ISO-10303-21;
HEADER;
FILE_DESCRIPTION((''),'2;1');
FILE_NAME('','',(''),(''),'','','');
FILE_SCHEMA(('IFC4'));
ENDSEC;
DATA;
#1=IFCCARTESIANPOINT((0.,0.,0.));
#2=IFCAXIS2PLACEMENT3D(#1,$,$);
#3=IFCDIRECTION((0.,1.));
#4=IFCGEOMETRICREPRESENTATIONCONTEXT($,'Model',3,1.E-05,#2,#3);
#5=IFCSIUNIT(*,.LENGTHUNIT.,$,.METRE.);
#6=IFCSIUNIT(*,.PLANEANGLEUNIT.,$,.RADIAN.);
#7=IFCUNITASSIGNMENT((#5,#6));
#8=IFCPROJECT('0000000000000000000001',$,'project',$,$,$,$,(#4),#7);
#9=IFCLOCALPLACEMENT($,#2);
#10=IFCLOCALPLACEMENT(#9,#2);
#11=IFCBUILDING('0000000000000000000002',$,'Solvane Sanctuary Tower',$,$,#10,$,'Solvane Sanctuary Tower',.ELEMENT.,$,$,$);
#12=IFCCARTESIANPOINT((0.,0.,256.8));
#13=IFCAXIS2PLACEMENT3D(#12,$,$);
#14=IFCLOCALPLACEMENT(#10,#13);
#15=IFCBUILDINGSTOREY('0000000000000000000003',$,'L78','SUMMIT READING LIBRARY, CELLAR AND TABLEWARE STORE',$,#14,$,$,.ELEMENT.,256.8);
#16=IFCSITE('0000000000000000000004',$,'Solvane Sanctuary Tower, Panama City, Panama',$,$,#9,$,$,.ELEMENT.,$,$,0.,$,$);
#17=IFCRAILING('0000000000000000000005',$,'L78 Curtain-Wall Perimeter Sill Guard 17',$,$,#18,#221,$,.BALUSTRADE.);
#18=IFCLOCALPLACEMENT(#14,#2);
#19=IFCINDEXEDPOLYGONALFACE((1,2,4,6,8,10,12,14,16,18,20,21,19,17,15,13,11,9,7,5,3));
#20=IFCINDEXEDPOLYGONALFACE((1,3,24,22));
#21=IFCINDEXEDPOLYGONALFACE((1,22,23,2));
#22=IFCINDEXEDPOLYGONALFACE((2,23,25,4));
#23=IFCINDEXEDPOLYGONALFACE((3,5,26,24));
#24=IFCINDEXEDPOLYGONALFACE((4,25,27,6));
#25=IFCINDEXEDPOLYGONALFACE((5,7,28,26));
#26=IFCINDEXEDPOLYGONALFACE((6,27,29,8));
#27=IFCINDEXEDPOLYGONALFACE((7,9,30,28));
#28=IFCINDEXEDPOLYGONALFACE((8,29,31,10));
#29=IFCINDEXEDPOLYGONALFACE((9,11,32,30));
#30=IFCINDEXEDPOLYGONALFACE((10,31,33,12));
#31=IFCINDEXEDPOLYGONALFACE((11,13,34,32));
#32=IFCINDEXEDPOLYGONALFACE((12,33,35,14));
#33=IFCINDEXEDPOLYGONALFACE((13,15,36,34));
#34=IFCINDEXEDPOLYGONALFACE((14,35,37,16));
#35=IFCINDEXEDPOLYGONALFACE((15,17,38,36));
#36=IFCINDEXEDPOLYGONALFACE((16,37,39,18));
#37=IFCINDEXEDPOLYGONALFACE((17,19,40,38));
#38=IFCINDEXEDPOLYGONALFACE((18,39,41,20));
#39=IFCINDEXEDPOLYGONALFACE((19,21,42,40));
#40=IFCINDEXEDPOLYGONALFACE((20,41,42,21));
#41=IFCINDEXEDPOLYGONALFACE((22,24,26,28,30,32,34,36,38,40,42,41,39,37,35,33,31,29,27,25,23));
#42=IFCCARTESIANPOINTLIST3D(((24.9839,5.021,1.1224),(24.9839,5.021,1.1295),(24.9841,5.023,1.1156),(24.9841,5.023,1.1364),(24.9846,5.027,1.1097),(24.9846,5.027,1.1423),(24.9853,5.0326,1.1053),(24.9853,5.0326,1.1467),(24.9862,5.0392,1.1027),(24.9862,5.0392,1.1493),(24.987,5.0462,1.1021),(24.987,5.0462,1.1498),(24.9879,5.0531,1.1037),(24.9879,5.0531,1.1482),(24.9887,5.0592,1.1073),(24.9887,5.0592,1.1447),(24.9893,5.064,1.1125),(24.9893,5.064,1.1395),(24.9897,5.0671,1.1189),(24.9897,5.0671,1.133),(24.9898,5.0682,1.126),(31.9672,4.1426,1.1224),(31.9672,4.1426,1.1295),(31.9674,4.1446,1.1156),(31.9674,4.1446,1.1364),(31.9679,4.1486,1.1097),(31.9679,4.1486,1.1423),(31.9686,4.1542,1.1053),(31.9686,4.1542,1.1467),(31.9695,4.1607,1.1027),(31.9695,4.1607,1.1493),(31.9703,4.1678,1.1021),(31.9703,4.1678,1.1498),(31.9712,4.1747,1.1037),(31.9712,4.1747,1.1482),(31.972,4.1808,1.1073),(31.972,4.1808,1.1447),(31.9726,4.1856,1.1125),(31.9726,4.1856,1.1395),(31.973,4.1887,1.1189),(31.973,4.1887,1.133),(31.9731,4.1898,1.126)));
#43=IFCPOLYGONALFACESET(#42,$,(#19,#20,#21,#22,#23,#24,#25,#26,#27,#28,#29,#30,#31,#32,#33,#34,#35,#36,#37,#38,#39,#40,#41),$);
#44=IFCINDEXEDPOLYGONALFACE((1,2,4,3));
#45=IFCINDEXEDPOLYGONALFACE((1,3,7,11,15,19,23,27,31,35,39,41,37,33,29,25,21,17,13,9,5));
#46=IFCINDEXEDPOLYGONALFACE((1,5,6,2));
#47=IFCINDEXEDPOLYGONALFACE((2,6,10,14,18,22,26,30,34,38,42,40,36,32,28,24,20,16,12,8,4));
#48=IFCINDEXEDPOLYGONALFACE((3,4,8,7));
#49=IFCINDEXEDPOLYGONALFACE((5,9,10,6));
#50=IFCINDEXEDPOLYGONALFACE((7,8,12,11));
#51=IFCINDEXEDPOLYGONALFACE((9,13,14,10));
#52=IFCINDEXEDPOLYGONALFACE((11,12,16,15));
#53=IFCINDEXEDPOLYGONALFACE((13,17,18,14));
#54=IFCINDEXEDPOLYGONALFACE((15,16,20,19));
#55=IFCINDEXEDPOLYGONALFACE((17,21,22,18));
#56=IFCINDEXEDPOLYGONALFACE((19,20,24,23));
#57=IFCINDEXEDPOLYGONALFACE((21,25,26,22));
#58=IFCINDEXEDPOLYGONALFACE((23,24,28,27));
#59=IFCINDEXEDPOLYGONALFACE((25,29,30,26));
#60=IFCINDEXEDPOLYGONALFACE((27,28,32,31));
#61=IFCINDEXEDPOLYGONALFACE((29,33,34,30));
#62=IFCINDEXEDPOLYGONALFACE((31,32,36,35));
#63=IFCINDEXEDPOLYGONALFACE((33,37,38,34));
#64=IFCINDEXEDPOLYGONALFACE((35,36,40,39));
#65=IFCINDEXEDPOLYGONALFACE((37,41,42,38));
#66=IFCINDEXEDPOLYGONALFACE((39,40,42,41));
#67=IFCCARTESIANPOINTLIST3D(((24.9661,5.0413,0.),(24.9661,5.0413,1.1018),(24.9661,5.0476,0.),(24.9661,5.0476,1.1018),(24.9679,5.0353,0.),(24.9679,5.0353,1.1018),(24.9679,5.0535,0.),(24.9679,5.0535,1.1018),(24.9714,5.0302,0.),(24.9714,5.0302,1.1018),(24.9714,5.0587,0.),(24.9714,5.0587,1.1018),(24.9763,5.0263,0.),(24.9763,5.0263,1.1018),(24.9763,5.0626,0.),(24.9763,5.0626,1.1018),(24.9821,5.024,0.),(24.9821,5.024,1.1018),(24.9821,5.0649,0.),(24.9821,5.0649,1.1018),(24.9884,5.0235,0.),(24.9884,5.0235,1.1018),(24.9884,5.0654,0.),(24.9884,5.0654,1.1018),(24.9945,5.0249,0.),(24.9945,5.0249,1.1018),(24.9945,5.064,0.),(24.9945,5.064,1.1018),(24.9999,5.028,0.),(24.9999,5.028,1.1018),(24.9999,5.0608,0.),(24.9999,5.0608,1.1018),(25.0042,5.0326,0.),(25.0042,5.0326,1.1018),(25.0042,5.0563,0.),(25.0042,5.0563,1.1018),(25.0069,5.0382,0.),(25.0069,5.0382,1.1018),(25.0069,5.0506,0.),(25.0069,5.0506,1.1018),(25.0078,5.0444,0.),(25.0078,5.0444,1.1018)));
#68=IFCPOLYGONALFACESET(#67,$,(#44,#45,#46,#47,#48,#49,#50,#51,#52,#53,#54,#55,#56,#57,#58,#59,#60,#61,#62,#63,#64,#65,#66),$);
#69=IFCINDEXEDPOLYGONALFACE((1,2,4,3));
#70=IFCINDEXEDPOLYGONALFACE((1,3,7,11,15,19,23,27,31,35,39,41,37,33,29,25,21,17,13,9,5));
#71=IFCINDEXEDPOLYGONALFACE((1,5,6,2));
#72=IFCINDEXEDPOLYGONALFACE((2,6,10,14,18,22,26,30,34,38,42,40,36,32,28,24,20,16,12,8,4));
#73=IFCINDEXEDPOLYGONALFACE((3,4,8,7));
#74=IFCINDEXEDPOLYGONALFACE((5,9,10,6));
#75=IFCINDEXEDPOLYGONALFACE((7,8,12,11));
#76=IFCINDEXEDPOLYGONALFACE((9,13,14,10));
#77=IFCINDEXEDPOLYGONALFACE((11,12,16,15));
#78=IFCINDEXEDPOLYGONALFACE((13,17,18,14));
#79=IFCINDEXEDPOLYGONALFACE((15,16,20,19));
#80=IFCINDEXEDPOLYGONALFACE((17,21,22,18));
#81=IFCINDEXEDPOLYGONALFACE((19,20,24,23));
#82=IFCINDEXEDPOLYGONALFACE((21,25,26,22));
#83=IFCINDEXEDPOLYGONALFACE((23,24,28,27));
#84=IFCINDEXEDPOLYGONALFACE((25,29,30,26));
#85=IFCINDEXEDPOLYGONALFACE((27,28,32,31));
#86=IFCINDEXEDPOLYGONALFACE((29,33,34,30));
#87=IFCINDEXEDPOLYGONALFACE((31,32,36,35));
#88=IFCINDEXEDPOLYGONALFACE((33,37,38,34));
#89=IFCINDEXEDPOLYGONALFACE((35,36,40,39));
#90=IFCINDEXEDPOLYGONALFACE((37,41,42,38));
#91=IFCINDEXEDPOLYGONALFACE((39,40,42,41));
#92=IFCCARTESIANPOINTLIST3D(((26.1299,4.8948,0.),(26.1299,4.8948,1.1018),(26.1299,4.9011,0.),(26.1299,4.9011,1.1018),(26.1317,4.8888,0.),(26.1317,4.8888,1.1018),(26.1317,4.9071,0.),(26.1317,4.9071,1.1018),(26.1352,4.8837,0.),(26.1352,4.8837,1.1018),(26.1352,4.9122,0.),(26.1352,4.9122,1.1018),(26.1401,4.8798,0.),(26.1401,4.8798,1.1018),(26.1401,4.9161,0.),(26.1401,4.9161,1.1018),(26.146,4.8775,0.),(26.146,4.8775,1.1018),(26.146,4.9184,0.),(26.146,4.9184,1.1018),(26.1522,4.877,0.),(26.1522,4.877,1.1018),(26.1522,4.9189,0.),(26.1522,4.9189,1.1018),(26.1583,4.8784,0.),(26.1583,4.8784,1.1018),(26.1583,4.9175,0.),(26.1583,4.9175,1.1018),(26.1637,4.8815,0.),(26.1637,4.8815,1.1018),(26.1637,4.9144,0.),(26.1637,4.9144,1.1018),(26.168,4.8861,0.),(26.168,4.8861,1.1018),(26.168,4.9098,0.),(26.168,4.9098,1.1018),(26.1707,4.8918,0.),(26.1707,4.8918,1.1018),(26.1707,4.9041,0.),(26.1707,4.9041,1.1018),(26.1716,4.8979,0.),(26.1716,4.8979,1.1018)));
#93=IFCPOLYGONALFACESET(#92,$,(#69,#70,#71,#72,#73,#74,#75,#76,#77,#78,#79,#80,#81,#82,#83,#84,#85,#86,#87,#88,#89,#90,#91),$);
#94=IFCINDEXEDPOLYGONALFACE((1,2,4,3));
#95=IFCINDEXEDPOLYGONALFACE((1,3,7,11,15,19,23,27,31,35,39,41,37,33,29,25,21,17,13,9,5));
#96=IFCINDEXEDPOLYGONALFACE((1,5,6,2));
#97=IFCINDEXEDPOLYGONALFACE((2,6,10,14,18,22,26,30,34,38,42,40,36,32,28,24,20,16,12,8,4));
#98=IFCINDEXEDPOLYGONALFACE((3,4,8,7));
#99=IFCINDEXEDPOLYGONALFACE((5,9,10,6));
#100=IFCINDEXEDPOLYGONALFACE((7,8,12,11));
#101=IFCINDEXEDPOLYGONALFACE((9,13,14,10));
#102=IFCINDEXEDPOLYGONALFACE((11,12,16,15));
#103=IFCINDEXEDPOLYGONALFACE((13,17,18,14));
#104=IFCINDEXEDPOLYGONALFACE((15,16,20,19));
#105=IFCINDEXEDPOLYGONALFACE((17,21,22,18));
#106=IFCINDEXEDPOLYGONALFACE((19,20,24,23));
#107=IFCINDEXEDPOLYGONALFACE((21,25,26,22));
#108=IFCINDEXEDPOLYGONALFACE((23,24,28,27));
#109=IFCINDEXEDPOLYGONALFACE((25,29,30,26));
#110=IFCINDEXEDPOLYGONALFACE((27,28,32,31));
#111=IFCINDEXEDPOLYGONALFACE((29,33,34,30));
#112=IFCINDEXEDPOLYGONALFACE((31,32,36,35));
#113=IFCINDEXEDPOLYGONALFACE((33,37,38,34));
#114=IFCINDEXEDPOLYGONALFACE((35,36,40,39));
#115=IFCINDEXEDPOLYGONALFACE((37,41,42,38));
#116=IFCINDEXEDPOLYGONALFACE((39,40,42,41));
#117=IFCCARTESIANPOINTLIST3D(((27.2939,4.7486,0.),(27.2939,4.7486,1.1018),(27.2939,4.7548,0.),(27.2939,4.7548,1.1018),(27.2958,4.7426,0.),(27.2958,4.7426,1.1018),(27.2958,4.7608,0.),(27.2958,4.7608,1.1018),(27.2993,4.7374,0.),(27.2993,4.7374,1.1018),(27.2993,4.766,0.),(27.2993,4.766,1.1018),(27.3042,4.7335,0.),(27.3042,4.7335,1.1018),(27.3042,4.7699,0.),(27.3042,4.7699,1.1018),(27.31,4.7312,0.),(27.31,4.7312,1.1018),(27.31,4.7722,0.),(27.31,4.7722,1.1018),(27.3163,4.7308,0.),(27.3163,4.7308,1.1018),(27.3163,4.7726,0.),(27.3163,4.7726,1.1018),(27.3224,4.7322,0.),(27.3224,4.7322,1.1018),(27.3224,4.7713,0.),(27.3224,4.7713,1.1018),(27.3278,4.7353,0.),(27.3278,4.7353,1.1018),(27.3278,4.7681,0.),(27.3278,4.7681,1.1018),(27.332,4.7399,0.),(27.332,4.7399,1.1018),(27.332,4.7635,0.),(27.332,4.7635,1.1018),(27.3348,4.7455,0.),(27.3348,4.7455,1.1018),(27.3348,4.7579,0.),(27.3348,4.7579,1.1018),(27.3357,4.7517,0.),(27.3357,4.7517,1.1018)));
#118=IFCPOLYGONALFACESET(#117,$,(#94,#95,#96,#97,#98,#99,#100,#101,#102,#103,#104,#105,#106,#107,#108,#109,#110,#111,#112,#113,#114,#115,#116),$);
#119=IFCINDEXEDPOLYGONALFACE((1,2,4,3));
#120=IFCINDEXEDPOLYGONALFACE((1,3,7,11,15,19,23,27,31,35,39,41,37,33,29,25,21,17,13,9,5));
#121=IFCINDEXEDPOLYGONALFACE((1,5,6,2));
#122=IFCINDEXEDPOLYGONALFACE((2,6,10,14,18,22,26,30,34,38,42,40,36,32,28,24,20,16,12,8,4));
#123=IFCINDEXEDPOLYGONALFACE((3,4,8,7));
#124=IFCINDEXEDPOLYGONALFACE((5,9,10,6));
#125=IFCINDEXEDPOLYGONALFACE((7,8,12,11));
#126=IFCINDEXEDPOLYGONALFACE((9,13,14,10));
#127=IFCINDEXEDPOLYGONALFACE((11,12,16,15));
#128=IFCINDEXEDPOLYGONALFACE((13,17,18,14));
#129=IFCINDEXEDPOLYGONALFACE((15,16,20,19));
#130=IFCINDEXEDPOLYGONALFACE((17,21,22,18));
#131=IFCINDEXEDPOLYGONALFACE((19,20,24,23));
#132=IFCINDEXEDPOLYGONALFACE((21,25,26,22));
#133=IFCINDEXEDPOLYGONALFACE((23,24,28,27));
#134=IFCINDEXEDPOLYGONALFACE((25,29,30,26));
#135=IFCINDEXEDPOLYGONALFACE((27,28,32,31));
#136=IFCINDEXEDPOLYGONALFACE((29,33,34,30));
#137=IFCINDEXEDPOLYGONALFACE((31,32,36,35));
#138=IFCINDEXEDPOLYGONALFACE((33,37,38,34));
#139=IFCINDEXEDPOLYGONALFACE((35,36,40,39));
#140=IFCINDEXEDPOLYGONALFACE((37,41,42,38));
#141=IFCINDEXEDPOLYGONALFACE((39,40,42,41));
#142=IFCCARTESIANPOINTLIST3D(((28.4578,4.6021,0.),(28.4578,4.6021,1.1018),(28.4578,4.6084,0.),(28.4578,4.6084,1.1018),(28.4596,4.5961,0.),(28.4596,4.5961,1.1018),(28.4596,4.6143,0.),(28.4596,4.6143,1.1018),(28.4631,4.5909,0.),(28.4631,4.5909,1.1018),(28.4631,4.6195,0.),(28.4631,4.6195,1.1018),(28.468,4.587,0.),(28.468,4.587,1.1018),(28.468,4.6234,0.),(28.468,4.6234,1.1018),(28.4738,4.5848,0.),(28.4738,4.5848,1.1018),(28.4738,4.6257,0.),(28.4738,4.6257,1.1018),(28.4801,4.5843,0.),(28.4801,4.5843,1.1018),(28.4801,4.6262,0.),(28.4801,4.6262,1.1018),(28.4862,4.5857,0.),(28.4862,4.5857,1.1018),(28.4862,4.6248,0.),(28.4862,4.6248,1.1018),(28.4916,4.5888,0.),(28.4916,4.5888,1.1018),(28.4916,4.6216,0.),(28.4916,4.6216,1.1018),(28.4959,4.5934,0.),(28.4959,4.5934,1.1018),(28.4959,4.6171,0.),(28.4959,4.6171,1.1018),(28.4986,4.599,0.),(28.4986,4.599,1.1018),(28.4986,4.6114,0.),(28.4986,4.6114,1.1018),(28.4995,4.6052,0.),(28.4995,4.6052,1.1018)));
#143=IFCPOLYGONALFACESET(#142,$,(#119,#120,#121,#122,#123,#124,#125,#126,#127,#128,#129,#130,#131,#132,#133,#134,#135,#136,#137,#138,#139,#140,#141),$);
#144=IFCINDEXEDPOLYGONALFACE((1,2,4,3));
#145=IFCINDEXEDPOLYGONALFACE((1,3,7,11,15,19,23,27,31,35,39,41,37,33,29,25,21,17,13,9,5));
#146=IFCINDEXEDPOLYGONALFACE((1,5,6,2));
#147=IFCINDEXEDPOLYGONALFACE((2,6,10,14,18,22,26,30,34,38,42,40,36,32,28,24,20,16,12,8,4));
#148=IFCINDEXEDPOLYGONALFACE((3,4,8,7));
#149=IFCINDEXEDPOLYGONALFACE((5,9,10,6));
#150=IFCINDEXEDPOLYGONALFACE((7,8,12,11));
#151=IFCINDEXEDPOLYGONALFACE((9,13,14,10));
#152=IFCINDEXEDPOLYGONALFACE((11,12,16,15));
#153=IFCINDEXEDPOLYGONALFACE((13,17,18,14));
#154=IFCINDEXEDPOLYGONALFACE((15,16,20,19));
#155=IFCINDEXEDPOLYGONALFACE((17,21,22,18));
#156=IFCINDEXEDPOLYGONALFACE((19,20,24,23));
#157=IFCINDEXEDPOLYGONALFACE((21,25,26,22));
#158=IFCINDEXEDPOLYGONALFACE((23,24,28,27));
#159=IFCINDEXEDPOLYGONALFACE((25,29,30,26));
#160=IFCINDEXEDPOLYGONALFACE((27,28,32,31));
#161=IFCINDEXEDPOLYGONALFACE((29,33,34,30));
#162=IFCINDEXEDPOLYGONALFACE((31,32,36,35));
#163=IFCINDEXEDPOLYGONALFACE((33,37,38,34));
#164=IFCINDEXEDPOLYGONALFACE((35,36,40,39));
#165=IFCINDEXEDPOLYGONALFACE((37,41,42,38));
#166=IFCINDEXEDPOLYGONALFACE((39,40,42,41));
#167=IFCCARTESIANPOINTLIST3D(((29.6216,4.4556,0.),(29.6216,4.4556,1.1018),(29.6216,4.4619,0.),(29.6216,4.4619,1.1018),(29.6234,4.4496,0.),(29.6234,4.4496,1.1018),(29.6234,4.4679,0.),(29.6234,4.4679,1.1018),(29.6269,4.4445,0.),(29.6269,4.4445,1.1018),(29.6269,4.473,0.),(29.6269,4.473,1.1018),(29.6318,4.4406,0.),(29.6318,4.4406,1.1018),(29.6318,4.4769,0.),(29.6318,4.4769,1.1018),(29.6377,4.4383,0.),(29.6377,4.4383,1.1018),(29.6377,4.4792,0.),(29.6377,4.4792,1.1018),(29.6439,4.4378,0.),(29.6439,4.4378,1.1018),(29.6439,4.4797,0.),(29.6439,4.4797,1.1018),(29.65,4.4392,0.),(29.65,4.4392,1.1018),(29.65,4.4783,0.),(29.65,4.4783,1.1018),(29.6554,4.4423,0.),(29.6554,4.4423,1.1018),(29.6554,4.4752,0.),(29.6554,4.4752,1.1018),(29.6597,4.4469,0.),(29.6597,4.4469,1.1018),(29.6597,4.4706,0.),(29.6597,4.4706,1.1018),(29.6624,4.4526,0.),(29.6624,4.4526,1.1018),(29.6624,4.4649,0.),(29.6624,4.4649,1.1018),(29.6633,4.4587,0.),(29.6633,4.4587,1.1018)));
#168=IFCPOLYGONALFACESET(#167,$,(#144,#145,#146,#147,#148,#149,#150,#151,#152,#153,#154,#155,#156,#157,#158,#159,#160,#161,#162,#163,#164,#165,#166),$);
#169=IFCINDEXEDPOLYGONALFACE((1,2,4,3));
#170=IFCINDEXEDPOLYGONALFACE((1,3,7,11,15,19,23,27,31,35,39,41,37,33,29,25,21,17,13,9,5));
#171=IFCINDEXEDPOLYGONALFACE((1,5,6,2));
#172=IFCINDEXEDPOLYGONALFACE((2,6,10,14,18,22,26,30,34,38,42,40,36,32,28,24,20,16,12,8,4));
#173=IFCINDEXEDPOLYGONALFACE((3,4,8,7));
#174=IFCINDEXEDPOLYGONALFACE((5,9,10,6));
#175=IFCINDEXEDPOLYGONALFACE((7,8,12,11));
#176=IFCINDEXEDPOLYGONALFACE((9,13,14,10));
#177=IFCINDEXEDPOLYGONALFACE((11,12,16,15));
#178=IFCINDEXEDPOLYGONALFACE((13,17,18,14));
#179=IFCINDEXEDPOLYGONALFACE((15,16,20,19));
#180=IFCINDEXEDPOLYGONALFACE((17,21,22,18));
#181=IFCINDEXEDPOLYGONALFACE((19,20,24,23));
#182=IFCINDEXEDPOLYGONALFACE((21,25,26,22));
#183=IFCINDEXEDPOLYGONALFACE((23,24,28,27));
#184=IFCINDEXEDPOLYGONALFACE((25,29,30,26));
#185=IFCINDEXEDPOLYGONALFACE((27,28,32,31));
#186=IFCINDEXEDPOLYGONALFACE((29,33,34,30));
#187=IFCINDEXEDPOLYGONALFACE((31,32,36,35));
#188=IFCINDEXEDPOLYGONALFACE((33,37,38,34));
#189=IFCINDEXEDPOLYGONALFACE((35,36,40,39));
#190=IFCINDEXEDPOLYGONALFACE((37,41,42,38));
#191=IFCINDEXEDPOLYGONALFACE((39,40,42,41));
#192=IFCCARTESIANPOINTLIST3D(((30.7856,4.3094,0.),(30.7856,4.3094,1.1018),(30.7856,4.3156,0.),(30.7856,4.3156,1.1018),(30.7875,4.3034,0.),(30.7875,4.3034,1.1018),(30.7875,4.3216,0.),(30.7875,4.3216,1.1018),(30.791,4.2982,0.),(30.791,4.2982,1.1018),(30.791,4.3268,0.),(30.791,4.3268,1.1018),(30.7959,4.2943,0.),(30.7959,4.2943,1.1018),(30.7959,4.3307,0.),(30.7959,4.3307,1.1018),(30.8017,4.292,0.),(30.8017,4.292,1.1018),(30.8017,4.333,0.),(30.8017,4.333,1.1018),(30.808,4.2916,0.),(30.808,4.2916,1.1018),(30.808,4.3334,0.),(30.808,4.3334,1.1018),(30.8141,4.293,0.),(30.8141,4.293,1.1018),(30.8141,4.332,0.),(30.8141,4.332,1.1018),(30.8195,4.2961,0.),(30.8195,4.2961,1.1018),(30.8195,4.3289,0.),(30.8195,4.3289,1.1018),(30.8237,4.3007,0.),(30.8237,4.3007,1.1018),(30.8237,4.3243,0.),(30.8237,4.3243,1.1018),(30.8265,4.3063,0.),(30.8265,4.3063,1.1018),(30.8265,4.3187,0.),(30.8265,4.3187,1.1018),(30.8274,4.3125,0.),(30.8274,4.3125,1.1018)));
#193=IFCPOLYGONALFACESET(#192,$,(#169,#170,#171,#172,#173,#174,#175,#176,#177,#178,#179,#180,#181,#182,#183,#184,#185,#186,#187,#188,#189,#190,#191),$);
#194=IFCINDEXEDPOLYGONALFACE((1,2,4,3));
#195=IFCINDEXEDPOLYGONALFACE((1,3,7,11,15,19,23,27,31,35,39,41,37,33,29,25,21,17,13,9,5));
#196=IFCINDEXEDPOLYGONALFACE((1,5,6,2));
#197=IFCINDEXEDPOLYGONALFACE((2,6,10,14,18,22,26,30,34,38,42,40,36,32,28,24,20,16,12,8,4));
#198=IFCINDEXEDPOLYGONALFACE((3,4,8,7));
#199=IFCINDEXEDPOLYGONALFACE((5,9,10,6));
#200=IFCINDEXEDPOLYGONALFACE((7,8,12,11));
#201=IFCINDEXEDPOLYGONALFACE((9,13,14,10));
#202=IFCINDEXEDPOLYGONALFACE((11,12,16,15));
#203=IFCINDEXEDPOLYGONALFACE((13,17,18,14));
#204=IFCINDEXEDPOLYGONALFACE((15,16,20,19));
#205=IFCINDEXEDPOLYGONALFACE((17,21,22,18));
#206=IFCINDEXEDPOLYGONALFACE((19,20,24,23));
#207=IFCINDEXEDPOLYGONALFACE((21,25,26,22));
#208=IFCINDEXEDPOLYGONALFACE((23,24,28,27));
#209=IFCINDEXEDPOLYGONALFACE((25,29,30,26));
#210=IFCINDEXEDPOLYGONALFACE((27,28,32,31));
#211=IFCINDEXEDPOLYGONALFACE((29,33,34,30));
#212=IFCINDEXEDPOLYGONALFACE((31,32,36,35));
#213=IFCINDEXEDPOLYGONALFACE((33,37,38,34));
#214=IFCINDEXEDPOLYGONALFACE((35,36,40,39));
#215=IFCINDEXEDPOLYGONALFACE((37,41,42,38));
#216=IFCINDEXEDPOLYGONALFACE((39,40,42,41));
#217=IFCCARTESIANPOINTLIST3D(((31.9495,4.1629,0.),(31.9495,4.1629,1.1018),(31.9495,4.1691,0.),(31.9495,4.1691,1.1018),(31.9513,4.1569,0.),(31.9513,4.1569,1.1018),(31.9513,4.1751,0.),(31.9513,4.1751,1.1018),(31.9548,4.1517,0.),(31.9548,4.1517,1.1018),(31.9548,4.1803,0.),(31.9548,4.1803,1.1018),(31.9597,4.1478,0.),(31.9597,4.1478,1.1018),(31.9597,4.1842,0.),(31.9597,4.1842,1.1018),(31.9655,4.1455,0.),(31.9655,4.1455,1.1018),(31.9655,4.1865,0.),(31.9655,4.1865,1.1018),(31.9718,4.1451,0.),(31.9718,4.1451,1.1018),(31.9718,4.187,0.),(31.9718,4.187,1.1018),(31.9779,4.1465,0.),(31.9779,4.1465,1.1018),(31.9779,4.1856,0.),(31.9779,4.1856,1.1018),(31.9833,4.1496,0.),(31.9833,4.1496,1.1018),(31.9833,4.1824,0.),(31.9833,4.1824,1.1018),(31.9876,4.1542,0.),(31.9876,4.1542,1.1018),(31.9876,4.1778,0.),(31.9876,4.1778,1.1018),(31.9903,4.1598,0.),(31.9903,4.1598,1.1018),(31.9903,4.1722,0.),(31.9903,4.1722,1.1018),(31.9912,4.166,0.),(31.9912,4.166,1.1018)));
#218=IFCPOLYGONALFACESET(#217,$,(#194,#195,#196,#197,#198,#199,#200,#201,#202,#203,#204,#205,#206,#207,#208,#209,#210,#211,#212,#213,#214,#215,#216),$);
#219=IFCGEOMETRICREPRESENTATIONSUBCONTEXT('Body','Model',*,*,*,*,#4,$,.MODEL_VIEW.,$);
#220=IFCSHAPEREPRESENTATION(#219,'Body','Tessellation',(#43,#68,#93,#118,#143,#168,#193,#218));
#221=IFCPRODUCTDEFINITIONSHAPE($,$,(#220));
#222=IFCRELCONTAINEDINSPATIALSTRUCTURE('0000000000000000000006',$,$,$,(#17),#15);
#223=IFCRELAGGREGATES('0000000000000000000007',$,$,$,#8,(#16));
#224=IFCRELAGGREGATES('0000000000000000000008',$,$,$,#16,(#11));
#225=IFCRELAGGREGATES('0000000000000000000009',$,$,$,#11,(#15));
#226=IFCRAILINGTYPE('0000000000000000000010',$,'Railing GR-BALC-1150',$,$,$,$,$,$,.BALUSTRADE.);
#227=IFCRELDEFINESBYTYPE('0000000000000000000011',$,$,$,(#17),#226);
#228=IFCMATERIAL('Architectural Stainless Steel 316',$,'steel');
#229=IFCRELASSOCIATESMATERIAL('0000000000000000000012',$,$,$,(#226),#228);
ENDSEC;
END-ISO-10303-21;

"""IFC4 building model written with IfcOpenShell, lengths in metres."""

from ifc_helpers import new_model, si_unit, direction, frame, origin, origin_2d, place, context, subcontext, project, spatial, circle, extrude, material, type_object, element, save


model = new_model("IFC4")

# Units and contexts
model_context = context("Model", 3, precision=1e-05, world=origin(), true_north=direction((0.0, 1.0)))
body_context = subcontext(model_context, "Body", "Model", "MODEL_VIEW")
ifc_project = project(units=[si_unit("LENGTHUNIT", "METRE"), si_unit("PLANEANGLEUNIT", "RADIAN")], contexts=[model_context])

# Site, building, storey
site_placement = place(None, origin())
site = spatial("IfcSite", under=ifc_project, at=site_placement, Name="Solvane Sanctuary Tower, Panama City, Panama", CompositionType="ELEMENT", RefElevation=0.0)
building_placement = place(site_placement, origin())
building = spatial("IfcBuilding", under=site, at=building_placement, Name="Solvane Sanctuary Tower", LongName="Solvane Sanctuary Tower", CompositionType="ELEMENT")
storey_placement = place(building_placement, frame((0.0, 0.0, 256.8)))
storey = spatial("IfcBuildingStorey", under=building, at=storey_placement, Name="L78", Description="SUMMIT READING LIBRARY, CELLAR AND TABLEWARE STORE", CompositionType="ELEMENT", Elevation=256.8)

# Railing
ifc_material_1 = material(Name="Architectural Stainless Steel 316", Category="steel")
railing_type = type_object("IfcRailingType", Name="Railing GR-BALC-1150", PredefinedType="BALUSTRADE", material=ifc_material_1)
railing_placement = place(storey_placement, frame((24.9868, 5.0444, 0.0)))
element("IfcRailing", 1, at=railing_placement, inside=storey, type_object=railing_type, Name="L78 Curtain-Wall Perimeter Sill Guard 17", PredefinedType="BALUSTRADE", context=body_context, shape_type="SweptSolid", body=[
    extrude(circle(Radius=0.0239, at=origin_2d()), frame((0.0, 0.0, 1.126), z_axis=(0.992182, -0.124803, 0.0), x_axis=(0.124803, 0.992182, 0.0)), (0.0, 0.0, 1.0), 7.0383),
    extrude(circle(Radius=0.021, at=origin_2d()), origin(), (0.0, 0.0, 1.0), 1.1018),
    extrude(circle(Radius=0.021, at=origin_2d()), frame((1.1638, -0.1465, 0.0)), (0.0, 0.0, 1.0), 1.1018),
    extrude(circle(Radius=0.021, at=origin_2d()), frame((2.3279, -0.2927, 0.0)), (0.0, 0.0, 1.0), 1.1018),
    extrude(circle(Radius=0.021, at=origin_2d()), frame((3.4917, -0.4392, 0.0)), (0.0, 0.0, 1.0), 1.1018),
    extrude(circle(Radius=0.021, at=origin_2d()), frame((4.6555, -0.5857, 0.0)), (0.0, 0.0, 1.0), 1.1018),
    extrude(circle(Radius=0.021, at=origin_2d()), frame((5.8196, -0.7319, 0.0)), (0.0, 0.0, 1.0), 1.1018),
    extrude(circle(Radius=0.021, at=origin_2d()), frame((6.9834, -0.8784, 0.0)), (0.0, 0.0, 1.0), 1.1018),
])

save(model, "model.ifc")
